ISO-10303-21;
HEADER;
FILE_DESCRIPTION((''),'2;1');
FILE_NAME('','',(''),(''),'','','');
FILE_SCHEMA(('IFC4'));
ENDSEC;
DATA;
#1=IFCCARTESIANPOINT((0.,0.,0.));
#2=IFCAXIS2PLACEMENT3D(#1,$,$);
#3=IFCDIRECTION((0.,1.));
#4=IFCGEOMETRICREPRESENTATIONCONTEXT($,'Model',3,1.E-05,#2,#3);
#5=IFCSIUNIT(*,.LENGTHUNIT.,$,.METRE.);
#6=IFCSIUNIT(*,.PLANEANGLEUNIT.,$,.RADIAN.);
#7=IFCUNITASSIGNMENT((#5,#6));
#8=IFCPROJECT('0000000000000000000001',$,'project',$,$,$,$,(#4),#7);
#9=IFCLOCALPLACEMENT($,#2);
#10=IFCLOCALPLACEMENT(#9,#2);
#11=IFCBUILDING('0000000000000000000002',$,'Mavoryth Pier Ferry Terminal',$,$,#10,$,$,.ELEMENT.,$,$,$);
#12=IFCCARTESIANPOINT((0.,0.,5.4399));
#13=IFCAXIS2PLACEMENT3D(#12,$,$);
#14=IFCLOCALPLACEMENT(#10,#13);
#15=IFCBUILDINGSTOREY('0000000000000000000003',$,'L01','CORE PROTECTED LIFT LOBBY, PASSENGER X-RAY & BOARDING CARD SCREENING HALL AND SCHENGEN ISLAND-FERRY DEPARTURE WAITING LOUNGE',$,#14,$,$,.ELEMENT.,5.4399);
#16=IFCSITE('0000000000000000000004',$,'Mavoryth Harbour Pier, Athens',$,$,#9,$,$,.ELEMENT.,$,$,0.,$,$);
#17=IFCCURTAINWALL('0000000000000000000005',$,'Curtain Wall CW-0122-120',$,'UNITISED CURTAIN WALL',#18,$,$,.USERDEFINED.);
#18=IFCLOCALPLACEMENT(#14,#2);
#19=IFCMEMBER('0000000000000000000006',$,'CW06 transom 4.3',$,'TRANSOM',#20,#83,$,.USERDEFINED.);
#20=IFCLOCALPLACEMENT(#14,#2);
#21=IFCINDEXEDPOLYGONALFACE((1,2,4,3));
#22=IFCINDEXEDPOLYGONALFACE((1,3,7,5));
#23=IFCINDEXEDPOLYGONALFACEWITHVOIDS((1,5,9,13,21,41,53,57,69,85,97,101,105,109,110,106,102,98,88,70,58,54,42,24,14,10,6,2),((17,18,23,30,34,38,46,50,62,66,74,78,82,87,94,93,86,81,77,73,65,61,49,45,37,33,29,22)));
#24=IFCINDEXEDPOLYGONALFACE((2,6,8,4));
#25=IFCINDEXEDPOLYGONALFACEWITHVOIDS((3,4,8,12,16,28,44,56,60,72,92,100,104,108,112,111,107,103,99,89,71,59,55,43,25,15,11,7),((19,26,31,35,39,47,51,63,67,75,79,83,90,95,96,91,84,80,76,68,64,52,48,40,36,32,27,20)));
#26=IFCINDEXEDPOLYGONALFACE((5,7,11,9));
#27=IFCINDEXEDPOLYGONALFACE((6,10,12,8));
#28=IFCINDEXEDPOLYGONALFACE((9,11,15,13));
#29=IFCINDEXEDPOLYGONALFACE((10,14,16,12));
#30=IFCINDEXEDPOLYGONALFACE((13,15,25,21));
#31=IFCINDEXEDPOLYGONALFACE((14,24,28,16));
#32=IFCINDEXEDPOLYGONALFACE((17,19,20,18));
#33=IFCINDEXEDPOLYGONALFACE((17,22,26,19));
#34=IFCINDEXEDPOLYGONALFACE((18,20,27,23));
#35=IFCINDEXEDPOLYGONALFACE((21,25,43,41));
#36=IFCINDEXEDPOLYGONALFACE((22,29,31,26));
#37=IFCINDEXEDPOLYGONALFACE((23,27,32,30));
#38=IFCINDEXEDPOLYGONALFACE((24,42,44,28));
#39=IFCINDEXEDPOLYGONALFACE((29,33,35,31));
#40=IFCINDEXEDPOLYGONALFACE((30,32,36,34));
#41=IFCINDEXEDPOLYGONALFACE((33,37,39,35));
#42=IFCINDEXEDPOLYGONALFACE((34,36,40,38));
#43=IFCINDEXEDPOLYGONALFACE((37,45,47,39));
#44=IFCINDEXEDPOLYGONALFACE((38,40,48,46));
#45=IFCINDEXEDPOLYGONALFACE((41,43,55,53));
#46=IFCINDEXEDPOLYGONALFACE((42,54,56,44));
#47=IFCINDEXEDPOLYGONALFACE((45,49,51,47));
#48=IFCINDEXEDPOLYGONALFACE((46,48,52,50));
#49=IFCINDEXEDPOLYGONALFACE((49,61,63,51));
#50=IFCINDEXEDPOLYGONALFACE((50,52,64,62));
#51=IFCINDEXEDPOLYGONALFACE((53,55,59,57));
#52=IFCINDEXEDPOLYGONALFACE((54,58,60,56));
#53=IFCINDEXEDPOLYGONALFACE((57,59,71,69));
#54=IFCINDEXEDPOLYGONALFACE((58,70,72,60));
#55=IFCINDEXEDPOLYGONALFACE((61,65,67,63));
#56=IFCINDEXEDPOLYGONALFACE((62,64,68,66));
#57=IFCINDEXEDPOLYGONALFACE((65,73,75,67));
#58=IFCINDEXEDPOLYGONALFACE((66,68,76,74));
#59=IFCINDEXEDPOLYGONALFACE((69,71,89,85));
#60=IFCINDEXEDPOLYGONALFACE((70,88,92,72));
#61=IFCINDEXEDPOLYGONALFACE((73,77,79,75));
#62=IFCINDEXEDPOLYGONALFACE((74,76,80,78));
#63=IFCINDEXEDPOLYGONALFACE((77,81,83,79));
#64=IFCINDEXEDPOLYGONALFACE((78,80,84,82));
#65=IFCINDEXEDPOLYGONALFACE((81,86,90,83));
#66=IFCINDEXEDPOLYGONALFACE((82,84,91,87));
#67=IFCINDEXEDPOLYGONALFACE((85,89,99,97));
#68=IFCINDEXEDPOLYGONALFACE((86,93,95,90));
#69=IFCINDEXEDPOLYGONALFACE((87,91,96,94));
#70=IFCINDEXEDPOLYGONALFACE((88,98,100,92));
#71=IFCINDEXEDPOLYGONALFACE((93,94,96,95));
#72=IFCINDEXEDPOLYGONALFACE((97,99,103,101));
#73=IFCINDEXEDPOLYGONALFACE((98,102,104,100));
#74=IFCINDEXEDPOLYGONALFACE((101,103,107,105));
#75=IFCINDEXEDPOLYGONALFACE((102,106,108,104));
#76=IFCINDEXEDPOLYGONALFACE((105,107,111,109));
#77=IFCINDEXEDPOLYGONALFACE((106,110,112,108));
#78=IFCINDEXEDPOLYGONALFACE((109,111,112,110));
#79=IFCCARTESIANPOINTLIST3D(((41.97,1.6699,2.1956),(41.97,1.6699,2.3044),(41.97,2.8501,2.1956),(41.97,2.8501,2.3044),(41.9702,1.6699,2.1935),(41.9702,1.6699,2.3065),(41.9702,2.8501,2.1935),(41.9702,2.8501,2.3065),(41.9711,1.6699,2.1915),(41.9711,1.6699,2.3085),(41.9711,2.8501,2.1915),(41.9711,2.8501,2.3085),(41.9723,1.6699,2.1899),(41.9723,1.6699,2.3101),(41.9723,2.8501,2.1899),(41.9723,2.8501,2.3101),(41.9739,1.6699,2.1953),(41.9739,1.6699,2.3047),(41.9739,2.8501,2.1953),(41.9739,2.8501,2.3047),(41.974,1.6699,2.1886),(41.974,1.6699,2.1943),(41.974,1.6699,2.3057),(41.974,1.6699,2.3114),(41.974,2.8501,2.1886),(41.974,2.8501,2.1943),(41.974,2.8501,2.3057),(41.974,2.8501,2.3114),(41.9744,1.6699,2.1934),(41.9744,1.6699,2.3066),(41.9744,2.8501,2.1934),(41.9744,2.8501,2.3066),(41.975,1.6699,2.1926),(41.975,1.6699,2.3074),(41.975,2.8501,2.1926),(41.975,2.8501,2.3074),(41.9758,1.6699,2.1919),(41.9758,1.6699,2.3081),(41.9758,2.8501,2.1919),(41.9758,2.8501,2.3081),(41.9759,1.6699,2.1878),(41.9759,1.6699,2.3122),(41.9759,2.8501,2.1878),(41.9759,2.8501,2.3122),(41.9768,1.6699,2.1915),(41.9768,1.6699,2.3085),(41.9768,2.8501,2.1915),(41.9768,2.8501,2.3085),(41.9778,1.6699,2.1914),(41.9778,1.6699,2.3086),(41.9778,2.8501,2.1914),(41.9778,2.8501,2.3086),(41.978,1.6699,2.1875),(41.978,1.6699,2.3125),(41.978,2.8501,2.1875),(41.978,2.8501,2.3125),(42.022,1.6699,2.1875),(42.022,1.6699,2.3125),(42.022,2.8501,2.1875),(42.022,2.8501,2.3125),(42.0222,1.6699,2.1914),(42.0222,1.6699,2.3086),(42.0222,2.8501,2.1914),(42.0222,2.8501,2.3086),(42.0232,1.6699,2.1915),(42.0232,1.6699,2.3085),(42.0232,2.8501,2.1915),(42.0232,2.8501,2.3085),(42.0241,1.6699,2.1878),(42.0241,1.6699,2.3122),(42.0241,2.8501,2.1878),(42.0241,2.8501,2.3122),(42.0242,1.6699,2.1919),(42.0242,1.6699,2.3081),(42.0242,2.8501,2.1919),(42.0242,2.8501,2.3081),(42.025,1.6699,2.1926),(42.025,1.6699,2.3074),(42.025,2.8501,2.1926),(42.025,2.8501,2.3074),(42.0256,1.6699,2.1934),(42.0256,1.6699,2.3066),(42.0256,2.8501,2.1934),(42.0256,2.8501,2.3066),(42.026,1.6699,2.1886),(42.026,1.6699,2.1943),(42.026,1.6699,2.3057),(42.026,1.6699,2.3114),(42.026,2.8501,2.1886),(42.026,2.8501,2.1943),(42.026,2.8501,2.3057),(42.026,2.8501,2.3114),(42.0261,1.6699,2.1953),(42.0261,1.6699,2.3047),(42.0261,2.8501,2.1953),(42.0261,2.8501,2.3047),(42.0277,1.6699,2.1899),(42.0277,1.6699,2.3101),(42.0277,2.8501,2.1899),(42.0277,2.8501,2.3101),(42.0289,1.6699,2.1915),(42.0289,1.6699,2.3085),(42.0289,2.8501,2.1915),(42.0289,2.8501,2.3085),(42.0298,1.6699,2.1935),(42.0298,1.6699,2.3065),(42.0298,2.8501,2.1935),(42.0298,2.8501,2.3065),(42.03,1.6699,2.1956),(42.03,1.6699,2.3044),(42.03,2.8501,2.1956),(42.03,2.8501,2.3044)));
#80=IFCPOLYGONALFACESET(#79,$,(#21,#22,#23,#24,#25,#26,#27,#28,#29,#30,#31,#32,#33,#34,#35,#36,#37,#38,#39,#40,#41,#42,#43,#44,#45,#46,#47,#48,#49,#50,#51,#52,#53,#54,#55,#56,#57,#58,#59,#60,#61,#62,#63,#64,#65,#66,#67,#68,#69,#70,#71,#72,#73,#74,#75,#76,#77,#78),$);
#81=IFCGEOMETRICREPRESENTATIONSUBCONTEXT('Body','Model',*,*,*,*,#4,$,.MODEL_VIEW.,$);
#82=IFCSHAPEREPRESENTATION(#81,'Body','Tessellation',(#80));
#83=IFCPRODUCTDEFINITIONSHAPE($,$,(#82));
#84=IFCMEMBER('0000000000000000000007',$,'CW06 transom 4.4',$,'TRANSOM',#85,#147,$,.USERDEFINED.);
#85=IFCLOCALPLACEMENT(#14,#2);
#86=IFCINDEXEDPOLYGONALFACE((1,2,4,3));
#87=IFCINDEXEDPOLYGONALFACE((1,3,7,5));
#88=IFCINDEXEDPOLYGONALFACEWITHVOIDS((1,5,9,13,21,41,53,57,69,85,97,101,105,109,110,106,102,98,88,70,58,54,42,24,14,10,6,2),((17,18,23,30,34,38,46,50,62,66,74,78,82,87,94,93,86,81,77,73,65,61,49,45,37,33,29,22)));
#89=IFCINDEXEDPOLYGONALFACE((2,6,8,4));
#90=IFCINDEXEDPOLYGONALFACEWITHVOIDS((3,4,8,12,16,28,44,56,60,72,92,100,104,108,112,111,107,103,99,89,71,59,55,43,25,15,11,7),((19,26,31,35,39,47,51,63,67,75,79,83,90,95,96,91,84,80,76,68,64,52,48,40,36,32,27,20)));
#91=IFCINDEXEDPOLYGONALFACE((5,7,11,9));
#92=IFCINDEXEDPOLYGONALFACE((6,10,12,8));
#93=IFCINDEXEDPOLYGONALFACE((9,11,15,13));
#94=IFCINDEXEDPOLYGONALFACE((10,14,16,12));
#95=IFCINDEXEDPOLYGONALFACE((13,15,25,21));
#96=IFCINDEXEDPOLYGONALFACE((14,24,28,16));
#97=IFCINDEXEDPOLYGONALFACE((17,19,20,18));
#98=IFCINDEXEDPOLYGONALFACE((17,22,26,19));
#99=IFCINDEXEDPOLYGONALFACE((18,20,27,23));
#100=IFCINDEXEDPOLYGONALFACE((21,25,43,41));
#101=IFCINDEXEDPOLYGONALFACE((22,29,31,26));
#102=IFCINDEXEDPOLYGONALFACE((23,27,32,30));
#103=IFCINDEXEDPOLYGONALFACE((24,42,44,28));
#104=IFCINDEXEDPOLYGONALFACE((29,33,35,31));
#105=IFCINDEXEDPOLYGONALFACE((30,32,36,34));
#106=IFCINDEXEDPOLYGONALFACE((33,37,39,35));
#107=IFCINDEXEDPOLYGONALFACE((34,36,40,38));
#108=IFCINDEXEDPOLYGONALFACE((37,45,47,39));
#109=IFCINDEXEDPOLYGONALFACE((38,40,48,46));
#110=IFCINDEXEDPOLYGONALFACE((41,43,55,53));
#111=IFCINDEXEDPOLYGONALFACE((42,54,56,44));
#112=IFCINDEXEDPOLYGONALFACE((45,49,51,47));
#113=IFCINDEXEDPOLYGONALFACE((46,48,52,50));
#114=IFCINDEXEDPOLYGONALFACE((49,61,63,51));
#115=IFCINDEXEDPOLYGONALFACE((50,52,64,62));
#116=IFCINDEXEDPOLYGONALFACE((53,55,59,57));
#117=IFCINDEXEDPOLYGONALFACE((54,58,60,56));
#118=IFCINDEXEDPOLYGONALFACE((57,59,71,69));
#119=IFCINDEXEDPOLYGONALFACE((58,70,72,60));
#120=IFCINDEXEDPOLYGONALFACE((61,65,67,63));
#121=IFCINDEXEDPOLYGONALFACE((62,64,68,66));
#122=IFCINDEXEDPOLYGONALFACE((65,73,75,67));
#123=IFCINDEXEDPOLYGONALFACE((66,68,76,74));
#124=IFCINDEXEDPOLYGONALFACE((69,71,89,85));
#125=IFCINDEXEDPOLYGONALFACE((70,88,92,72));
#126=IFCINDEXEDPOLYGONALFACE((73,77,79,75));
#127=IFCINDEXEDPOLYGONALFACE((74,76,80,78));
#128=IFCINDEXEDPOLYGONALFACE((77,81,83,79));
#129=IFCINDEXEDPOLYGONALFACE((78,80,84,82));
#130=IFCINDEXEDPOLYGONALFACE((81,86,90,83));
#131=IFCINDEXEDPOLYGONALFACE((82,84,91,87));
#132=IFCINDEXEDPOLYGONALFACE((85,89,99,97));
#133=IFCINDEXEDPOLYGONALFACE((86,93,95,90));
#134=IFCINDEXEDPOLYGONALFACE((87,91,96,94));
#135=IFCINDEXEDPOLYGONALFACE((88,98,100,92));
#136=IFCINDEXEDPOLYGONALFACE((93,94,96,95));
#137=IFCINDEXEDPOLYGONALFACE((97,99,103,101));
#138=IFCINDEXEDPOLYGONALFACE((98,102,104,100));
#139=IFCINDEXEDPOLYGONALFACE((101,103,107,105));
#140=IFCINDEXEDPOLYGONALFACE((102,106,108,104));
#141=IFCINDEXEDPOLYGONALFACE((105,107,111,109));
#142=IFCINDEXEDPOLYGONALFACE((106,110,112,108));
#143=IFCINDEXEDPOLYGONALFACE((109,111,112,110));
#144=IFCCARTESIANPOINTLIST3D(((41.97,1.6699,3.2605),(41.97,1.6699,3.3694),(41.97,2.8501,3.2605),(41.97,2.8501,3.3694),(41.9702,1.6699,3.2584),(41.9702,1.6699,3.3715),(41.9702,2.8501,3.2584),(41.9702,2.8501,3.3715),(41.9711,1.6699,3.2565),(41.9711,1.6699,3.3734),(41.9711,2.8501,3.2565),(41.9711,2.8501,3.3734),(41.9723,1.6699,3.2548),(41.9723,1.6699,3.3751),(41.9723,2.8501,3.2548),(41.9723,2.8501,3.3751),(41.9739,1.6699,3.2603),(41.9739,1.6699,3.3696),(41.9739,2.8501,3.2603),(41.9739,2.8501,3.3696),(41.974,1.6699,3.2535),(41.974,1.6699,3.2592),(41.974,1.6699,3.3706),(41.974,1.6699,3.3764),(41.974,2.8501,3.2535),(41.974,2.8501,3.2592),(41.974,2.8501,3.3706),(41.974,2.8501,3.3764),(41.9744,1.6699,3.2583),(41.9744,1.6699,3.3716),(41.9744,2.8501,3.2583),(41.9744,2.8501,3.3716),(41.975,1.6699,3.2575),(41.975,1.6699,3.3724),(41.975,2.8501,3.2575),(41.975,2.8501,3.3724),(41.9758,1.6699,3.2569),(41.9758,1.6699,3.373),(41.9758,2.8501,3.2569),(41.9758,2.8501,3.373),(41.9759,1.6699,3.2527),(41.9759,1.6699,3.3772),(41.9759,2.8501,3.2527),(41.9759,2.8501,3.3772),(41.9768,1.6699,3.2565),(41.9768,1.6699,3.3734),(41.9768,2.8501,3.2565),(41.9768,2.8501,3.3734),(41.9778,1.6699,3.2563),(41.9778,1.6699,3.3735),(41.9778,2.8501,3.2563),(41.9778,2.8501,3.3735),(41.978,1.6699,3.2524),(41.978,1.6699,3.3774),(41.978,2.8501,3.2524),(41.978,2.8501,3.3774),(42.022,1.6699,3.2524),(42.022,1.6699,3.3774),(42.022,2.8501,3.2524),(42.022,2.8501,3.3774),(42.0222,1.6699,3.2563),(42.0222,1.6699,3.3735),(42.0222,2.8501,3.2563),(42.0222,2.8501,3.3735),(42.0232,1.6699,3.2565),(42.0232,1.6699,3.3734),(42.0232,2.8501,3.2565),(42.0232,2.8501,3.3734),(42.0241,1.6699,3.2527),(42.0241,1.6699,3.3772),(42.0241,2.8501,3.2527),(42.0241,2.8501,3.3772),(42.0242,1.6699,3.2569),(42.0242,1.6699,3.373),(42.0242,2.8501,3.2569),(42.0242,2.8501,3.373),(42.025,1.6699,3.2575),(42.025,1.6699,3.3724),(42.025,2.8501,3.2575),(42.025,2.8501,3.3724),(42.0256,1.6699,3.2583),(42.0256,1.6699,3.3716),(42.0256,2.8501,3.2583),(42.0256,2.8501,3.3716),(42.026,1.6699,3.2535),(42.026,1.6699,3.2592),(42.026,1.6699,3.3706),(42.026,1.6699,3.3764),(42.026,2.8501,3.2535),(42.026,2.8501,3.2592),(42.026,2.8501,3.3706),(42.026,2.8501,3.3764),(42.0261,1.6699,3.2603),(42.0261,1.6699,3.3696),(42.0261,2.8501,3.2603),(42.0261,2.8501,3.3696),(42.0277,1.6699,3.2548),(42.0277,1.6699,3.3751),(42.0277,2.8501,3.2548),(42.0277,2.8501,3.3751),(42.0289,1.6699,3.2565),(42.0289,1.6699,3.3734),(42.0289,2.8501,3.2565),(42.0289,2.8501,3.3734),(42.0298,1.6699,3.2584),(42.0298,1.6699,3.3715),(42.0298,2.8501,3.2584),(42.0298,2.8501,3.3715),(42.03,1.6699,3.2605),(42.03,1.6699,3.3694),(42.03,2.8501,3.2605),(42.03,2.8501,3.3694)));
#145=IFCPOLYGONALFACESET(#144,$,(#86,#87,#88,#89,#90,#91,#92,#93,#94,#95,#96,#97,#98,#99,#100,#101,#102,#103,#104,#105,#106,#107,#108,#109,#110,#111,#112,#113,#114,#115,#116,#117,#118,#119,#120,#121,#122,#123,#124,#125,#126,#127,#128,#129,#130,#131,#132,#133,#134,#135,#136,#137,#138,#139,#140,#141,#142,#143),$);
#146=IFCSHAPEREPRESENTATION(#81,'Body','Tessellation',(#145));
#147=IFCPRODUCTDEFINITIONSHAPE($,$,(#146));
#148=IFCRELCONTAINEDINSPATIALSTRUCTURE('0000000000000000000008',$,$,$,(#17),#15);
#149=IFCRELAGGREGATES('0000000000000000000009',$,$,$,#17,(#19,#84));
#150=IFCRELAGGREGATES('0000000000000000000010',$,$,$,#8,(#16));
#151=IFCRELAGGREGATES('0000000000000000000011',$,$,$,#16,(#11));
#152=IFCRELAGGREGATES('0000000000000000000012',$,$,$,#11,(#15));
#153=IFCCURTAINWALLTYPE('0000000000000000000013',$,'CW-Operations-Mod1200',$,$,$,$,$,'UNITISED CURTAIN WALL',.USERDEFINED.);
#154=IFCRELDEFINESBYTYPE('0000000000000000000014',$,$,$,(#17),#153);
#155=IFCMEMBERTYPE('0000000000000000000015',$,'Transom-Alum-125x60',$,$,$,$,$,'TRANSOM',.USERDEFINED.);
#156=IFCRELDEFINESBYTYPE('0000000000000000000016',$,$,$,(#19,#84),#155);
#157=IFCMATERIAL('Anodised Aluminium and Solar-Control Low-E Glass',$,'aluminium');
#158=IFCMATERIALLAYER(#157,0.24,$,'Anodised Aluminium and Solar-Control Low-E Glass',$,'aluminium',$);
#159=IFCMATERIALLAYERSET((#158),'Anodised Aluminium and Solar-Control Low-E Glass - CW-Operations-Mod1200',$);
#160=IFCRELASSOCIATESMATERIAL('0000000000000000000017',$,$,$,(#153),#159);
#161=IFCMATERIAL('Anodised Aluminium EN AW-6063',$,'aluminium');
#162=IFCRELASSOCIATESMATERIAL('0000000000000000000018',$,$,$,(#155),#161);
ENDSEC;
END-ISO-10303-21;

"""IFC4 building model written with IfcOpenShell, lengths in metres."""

from ifc_helpers import new_model, si_unit, direction, frame, origin, origin_2d, place, context, subcontext, project, spatial, hollow_rectangle, extrude, material, layer, layer_set, material_profile, profile_set, type_object, element, aggregate, save


model = new_model("IFC4")

# Units and contexts
model_context = context("Model", 3, precision=1e-05, world=origin(), true_north=direction((0.0, 1.0)))
body_context = subcontext(model_context, "Body", "Model", "MODEL_VIEW")
ifc_project = project(units=[si_unit("LENGTHUNIT", "METRE"), si_unit("PLANEANGLEUNIT", "RADIAN")], contexts=[model_context])

# Site, building, storey
site_placement = place(None, origin())
site = spatial("IfcSite", under=ifc_project, at=site_placement, Name="Mavoryth Harbour Pier, Athens", CompositionType="ELEMENT", RefElevation=0.0)
building_placement = place(site_placement, origin())
building = spatial("IfcBuilding", under=site, at=building_placement, Name="Mavoryth Pier Ferry Terminal", CompositionType="ELEMENT")
storey_placement = place(building_placement, frame((0.0, 0.0, 5.4399)))
storey = spatial("IfcBuildingStorey", under=building, at=storey_placement, Name="L01", Description="CORE PROTECTED LIFT LOBBY, PASSENGER X-RAY & BOARDING CARD SCREENING HALL AND SCHENGEN ISLAND-FERRY DEPARTURE WAITING LOUNGE", CompositionType="ELEMENT", Elevation=5.4399)

# Curtain wall
ifc_material_1 = material(Name="Anodised Aluminium and Solar-Control Low-E Glass", Category="aluminium")
ifc_layer_1 = layer(ifc_material_1, 0.24, Name="Anodised Aluminium and Solar-Control Low-E Glass", Category="aluminium")
ifc_layer_set_1 = layer_set([ifc_layer_1], Name="Anodised Aluminium and Solar-Control Low-E Glass - CW-Operations-Mod1200")
curtain_wall_type = type_object("IfcCurtainWallType", Name="CW-Operations-Mod1200", ElementType="UNITISED CURTAIN WALL", PredefinedType="USERDEFINED", material=ifc_layer_set_1)
curtain_wall_placement = place(storey_placement, origin())
curtain_wall = element("IfcCurtainWall", 1, at=curtain_wall_placement, inside=storey, type_object=curtain_wall_type, Name="Curtain Wall CW-0122-120", ObjectType="UNITISED CURTAIN WALL", PredefinedType="USERDEFINED")
ifc_material_2 = material(Name="Anodised Aluminium EN AW-6063", Category="aluminium")

# Members
ifc_material_profile_1 = material_profile(ifc_material_2, hollow_rectangle(XDim=0.0601, YDim=0.125, WallThickness=0.0039, InnerFilletRadius=0.0039, OuterFilletRadius=0.0081, at=origin_2d()), Name="AL-TRAN 125x60x4", Category="aluminium")
ifc_profile_set_1 = profile_set([ifc_material_profile_1], Name="Anodised Aluminium EN AW-6063 - AL-TRAN 125x60x4")
member_type_1 = type_object("IfcMemberType", Name="Transom-Alum-125x60", ElementType="TRANSOM", PredefinedType="USERDEFINED", material=ifc_profile_set_1)
member_1_placement = place(storey_placement, frame((42.0, 2.8501, 2.25), z_axis=(0.0, -1.0, 0.0), x_axis=(1.0, 0.0, 0.0)))
member_1 = element("IfcMember", 2, at=member_1_placement, type_object=member_type_1, Name="CW06 transom 4.3", ObjectType="TRANSOM", PredefinedType="USERDEFINED", context=body_context, shape_type="SweptSolid", body=[
    extrude(hollow_rectangle(XDim=0.0601, YDim=0.125, WallThickness=0.0039, InnerFilletRadius=0.0039, OuterFilletRadius=0.0081, at=origin_2d()), origin(), (0.0, 0.0, 1.0), 1.1802),
])
member_2_placement = place(storey_placement, frame((42.0, 2.8501, 3.3149), z_axis=(0.0, -1.0, 0.0), x_axis=(1.0, 0.0, 0.0)))
member_2 = element("IfcMember", 3, at=member_2_placement, type_object=member_type_1, Name="CW06 transom 4.4", ObjectType="TRANSOM", PredefinedType="USERDEFINED", context=body_context, shape_type="SweptSolid", body=[
    extrude(hollow_rectangle(XDim=0.0601, YDim=0.125, WallThickness=0.0039, InnerFilletRadius=0.0039, OuterFilletRadius=0.0081, at=origin_2d()), origin(), (0.0, 0.0, 1.0), 1.1802),
])

aggregate(curtain_wall, [member_1, member_2])

save(model, "model.ifc")
